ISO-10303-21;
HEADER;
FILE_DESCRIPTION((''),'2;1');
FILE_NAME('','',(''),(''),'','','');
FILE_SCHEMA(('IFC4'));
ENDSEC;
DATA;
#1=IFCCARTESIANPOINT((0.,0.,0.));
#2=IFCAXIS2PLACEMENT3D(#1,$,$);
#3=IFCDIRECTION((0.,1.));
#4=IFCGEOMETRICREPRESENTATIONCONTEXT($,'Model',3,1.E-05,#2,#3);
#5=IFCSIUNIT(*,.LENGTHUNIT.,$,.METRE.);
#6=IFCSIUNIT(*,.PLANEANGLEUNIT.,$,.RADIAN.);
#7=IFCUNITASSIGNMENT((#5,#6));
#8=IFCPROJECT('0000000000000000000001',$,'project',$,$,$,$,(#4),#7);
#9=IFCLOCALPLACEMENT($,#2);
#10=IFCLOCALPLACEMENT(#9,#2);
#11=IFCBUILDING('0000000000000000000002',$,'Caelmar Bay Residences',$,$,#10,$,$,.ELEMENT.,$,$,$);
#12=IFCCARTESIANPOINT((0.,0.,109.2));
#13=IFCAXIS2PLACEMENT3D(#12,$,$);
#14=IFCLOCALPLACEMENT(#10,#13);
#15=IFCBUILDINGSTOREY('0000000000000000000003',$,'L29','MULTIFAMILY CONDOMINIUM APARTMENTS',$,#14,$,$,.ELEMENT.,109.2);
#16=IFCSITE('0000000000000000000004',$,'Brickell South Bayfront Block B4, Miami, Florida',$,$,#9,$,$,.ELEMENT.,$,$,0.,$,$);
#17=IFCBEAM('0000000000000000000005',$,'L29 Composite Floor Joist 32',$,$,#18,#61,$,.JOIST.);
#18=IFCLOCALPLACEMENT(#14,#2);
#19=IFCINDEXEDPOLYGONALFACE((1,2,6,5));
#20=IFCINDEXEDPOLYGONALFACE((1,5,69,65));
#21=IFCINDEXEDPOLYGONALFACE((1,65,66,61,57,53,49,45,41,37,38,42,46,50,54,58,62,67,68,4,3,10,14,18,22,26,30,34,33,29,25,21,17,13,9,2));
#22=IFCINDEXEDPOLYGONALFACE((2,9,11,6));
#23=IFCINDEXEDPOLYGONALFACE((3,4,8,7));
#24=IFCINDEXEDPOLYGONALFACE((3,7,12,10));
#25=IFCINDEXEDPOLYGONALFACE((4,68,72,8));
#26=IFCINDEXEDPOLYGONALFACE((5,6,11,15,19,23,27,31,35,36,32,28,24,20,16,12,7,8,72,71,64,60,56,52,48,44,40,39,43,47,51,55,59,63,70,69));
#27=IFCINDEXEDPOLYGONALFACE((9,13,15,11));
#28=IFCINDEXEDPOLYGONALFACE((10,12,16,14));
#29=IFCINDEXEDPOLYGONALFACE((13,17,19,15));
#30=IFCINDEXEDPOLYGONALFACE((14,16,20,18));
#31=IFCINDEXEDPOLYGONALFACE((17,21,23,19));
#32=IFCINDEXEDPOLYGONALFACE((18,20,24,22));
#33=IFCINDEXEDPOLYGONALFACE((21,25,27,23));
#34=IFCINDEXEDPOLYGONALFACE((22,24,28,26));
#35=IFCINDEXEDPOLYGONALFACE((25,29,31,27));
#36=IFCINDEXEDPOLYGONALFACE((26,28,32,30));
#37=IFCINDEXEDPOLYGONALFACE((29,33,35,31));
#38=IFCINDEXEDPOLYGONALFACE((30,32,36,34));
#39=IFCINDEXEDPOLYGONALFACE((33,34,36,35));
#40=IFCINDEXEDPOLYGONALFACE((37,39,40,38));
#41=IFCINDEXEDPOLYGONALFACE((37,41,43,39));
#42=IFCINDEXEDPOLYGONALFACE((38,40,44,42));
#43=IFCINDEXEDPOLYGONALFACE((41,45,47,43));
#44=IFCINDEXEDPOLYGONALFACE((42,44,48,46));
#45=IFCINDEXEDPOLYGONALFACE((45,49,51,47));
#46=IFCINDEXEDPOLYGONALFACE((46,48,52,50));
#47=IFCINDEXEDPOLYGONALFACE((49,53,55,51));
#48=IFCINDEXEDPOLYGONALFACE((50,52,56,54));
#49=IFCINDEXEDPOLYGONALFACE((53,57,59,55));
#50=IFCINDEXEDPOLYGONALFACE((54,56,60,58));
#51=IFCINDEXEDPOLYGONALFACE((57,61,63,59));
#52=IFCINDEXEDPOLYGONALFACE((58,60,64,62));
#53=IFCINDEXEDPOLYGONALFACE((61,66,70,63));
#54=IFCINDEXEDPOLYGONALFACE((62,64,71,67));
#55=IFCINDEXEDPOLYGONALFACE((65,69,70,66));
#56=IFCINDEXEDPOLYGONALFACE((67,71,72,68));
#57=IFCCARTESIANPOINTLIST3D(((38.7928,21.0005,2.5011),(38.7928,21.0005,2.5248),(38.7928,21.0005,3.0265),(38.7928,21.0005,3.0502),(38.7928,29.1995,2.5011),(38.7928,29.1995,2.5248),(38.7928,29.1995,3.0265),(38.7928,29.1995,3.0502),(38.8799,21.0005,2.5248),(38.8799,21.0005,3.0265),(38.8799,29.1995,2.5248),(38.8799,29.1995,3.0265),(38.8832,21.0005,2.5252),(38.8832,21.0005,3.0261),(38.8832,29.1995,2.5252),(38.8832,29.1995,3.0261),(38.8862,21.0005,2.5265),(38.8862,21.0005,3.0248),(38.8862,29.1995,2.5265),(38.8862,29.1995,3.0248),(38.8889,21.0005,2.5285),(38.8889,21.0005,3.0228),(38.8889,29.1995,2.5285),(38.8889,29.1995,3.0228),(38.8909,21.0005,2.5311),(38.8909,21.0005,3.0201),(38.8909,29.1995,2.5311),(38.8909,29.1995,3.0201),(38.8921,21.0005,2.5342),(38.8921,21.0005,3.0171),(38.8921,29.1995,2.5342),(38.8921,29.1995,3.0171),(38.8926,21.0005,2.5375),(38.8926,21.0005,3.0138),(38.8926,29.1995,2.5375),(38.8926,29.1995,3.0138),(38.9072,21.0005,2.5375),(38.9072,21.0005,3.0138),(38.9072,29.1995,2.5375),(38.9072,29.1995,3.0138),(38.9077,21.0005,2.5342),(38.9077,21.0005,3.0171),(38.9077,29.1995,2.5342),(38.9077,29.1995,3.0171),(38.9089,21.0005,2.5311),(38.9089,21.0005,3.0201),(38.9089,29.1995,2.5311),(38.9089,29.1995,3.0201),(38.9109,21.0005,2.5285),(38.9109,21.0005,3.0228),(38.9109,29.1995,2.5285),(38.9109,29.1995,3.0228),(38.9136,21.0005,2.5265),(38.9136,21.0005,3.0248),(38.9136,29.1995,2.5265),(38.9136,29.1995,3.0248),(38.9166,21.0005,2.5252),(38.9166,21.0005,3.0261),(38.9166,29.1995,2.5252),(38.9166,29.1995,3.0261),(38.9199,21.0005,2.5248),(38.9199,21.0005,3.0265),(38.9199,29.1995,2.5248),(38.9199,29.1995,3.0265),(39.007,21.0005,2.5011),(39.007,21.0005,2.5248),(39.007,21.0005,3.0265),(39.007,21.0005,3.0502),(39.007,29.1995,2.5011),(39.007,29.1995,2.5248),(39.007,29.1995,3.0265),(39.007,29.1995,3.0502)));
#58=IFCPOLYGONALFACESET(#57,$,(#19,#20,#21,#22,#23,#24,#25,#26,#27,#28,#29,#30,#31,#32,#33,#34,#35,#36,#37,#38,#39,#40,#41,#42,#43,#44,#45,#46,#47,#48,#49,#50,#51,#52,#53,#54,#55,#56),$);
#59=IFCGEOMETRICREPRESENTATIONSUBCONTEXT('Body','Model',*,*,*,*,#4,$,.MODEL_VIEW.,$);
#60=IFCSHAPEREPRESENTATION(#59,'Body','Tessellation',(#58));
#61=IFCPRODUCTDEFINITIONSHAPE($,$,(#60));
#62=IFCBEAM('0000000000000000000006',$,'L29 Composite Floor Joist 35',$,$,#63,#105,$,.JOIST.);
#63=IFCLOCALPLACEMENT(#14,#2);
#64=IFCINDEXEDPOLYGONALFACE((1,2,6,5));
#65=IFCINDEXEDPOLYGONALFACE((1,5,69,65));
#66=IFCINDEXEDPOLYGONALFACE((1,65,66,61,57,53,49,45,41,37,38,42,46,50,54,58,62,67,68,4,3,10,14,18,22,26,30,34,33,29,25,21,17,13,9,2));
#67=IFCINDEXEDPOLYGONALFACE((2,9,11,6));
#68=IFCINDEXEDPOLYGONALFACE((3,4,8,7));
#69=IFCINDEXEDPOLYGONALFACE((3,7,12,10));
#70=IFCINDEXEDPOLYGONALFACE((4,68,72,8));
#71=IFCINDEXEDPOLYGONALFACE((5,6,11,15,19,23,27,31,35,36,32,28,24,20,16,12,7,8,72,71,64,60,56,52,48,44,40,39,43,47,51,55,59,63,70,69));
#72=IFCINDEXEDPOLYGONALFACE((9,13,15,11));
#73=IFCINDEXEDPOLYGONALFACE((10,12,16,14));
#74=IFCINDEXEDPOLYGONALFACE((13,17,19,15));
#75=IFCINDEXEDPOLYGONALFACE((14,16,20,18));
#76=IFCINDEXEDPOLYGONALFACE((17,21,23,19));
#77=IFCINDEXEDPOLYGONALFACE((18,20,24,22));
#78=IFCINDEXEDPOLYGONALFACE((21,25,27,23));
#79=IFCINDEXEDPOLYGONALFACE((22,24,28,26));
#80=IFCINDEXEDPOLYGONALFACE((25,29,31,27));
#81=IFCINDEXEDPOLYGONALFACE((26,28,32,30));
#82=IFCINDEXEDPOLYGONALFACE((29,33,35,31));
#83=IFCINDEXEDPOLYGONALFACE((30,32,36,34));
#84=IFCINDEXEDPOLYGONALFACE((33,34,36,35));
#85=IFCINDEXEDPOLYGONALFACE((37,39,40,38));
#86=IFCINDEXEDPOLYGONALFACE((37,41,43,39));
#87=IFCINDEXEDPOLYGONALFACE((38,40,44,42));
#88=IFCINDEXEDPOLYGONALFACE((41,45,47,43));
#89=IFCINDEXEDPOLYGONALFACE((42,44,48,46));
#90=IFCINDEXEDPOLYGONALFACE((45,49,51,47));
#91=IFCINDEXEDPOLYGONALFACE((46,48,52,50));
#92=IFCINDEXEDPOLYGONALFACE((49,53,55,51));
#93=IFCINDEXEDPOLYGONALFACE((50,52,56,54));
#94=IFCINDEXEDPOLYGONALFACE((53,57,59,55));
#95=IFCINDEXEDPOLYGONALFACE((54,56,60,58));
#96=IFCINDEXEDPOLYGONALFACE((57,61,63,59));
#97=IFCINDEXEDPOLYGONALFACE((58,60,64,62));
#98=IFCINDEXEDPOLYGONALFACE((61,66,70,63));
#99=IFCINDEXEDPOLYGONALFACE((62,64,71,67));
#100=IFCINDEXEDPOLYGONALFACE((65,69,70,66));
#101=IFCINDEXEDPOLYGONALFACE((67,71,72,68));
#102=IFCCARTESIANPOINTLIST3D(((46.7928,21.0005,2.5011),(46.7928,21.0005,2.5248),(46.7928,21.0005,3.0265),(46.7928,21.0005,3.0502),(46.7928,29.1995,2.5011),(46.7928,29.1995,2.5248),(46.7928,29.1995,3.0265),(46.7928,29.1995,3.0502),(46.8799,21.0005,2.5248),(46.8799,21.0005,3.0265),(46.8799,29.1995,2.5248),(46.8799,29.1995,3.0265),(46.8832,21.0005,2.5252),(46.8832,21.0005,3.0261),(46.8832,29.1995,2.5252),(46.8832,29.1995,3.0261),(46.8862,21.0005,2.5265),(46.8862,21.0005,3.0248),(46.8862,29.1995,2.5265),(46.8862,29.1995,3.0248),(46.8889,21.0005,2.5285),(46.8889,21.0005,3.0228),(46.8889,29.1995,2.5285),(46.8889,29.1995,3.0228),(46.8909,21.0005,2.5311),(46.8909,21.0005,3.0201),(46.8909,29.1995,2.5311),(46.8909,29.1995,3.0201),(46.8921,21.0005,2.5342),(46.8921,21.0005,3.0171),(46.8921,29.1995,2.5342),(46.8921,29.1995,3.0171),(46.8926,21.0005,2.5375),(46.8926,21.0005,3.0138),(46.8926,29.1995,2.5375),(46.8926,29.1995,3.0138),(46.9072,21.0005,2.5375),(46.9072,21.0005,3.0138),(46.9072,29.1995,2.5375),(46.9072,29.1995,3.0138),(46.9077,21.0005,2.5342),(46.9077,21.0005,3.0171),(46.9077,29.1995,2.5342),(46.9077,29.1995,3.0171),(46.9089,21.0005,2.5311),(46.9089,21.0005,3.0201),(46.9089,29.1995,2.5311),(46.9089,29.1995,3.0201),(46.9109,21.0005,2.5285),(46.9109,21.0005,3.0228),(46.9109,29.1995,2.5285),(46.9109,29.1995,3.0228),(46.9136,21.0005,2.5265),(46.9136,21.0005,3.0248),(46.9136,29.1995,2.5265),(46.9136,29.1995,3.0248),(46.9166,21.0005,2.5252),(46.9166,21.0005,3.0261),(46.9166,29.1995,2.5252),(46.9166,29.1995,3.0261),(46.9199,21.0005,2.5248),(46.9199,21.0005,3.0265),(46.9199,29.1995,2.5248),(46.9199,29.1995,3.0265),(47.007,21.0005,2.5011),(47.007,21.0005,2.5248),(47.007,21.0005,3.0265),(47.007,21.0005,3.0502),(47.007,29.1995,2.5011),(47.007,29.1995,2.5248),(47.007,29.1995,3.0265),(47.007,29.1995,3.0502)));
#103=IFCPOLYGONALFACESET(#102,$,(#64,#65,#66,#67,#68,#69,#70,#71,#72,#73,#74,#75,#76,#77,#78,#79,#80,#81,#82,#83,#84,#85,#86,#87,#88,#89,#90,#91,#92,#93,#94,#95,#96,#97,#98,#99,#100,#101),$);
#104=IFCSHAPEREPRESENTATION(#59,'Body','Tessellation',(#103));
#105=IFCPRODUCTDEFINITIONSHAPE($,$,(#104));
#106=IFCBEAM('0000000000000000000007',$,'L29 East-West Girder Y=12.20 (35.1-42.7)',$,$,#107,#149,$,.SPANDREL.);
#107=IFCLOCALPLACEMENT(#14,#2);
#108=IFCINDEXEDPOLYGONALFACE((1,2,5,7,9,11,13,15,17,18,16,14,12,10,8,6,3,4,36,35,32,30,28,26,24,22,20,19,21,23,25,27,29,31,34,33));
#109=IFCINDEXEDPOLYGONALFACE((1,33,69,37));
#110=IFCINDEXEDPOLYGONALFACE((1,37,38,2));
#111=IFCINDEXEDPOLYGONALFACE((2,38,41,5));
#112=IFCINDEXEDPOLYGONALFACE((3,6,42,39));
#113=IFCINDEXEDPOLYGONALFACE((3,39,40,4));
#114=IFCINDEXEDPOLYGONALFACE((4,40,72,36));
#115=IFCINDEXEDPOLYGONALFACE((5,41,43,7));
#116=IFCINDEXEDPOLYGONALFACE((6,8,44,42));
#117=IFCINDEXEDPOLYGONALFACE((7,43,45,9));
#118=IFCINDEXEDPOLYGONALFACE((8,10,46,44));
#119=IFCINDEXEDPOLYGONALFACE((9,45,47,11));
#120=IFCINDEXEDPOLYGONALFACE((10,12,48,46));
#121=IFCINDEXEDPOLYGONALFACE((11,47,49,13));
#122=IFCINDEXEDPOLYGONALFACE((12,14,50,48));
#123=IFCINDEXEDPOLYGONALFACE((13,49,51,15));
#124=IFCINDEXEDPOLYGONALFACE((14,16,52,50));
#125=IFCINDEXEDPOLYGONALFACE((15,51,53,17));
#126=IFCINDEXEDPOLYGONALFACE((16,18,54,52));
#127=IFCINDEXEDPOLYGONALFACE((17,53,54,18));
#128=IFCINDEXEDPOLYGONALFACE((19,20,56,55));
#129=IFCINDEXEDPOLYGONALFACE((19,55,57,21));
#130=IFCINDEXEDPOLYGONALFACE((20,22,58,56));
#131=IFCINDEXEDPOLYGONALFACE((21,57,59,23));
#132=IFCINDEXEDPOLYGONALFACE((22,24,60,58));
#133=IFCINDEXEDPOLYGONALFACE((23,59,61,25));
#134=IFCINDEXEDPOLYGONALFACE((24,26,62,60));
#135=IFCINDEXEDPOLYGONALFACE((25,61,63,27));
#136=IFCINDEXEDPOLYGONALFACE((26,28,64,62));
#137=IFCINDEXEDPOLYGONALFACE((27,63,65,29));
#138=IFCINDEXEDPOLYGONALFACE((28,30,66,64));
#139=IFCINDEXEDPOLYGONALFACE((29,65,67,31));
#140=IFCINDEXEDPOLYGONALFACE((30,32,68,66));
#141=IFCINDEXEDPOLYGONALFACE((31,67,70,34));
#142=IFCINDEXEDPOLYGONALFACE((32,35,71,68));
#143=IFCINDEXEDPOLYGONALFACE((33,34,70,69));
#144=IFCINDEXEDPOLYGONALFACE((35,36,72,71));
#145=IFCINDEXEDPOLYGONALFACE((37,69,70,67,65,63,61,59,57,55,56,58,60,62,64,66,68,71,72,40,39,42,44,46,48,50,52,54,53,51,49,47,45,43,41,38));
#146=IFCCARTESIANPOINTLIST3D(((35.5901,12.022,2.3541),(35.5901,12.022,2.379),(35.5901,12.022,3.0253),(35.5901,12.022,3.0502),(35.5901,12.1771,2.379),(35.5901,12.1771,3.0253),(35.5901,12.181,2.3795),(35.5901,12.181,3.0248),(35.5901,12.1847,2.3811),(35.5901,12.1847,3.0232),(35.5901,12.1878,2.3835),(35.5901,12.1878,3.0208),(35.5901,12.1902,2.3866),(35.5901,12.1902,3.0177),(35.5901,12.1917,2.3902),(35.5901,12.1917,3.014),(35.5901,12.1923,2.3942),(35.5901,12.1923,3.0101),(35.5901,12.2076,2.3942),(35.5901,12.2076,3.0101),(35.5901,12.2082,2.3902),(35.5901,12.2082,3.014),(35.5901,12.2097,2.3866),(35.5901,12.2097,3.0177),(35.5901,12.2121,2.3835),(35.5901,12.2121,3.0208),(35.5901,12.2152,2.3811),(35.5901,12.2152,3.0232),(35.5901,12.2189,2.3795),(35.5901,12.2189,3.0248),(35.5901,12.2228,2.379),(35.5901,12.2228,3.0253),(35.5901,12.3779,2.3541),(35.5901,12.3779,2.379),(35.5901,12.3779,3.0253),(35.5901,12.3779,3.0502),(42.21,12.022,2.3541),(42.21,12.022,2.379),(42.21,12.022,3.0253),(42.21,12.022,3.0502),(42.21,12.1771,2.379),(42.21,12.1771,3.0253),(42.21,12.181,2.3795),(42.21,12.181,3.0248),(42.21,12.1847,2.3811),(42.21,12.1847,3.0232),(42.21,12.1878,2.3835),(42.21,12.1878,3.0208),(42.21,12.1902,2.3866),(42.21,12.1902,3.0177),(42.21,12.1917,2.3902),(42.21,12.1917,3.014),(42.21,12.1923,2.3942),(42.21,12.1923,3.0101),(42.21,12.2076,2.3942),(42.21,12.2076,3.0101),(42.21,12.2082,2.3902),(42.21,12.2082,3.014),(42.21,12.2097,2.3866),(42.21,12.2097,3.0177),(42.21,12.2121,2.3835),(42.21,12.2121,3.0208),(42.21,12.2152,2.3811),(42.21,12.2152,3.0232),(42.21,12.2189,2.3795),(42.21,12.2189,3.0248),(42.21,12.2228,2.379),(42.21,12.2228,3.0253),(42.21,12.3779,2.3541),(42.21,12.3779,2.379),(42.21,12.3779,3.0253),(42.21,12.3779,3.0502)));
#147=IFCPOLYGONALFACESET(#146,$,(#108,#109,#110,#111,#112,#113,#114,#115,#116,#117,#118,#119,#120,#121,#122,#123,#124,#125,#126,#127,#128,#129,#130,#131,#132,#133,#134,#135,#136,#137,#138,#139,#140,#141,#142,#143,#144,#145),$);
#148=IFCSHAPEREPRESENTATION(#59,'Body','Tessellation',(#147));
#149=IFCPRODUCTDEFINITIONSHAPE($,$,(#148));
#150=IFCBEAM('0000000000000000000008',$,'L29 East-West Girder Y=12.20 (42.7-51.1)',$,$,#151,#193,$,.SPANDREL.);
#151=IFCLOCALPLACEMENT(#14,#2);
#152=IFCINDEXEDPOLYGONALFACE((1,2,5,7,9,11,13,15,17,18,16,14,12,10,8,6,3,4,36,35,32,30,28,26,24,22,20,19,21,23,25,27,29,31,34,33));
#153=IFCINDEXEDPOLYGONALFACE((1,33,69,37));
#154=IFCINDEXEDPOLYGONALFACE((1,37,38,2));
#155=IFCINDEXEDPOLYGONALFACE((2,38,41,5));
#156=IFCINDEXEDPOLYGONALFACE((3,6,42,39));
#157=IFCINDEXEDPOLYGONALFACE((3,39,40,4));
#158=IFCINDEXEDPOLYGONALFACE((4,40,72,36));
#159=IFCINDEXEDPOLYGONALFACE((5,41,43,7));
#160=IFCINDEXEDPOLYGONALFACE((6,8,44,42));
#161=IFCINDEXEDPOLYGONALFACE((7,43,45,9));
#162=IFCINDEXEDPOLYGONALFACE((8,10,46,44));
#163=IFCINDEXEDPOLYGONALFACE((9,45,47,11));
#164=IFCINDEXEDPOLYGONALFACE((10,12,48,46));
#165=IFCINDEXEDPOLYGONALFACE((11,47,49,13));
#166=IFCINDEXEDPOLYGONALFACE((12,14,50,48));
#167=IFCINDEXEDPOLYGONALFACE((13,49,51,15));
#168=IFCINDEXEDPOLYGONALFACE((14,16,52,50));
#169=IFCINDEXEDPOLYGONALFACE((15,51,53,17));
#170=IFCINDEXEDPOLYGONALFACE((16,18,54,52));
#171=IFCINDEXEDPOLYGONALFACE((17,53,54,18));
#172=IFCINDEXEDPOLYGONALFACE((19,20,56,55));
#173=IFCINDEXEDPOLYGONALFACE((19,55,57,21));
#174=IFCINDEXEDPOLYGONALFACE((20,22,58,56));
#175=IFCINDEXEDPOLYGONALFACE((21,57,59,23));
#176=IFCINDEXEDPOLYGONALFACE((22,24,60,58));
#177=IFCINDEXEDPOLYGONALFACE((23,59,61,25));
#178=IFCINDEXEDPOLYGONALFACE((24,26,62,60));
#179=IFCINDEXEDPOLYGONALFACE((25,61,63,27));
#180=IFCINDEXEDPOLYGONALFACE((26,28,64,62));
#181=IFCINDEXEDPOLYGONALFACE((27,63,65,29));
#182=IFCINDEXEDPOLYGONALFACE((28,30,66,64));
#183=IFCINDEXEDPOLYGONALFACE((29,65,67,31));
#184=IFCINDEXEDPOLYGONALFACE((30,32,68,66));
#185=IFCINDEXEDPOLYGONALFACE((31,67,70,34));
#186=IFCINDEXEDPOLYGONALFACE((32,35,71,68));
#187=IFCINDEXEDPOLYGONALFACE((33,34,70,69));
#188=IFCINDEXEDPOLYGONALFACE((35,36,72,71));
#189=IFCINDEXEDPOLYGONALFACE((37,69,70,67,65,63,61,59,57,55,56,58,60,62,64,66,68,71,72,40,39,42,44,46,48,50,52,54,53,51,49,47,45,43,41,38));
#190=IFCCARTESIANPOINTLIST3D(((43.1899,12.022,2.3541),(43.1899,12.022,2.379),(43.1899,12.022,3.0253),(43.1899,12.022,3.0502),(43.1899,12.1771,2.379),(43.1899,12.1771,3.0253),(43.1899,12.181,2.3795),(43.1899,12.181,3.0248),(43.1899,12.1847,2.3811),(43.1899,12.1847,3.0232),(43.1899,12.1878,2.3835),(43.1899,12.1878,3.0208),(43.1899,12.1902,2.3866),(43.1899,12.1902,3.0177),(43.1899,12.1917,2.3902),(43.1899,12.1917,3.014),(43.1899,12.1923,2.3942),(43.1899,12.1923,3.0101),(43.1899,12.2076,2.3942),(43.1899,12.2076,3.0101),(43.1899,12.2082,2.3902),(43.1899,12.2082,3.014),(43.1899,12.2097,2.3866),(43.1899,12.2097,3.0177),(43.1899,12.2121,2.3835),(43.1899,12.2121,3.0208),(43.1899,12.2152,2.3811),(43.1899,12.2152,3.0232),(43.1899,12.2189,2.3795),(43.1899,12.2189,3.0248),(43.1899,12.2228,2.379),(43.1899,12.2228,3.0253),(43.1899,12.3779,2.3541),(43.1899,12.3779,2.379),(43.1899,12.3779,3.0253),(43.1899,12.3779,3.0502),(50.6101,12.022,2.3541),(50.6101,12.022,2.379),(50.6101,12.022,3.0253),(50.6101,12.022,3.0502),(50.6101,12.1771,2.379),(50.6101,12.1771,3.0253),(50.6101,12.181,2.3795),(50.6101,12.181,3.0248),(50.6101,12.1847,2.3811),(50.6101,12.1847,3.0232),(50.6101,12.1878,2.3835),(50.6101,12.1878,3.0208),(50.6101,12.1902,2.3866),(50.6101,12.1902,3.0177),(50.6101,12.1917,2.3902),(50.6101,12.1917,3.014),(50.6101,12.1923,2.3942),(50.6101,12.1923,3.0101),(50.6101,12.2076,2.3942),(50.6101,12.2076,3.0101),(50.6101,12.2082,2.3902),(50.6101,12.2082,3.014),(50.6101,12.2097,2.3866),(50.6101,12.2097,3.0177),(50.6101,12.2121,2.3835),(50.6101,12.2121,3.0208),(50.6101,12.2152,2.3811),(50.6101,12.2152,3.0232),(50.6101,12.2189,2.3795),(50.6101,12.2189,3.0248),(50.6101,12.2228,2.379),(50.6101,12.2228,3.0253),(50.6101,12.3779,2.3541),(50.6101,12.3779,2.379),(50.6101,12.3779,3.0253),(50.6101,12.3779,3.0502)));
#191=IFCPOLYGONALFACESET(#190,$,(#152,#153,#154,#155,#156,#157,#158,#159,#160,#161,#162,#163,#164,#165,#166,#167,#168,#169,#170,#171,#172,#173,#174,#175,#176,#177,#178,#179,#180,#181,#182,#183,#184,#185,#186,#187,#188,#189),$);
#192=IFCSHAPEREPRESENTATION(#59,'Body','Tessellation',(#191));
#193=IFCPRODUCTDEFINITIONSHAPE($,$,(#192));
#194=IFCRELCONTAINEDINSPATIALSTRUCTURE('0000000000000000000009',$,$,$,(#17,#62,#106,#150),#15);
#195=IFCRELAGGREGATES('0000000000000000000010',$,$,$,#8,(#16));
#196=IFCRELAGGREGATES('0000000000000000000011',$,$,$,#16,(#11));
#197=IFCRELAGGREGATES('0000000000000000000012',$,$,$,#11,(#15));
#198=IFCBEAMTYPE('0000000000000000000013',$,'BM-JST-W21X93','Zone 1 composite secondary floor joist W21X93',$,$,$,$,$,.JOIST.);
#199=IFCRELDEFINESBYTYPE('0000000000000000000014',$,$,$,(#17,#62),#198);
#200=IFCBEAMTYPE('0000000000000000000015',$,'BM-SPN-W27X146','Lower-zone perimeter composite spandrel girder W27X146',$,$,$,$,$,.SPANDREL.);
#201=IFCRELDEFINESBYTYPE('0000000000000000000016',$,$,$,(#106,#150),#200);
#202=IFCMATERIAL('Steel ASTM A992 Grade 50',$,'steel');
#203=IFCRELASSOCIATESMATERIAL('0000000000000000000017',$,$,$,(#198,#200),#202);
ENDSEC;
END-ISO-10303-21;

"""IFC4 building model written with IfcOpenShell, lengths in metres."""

from ifc_helpers import new_model, si_unit, direction, frame, origin, origin_2d, place, context, subcontext, project, spatial, i_section, extrude, material, material_profile, profile_set, type_object, element, save


model = new_model("IFC4")

# Units and contexts
model_context = context("Model", 3, precision=1e-05, world=origin(), true_north=direction((0.0, 1.0)))
body_context = subcontext(model_context, "Body", "Model", "MODEL_VIEW")
ifc_project = project(units=[si_unit("LENGTHUNIT", "METRE"), si_unit("PLANEANGLEUNIT", "RADIAN")], contexts=[model_context])

# Site, building, storey
site_placement = place(None, origin())
site = spatial("IfcSite", under=ifc_project, at=site_placement, Name="Brickell South Bayfront Block B4, Miami, Florida", CompositionType="ELEMENT", RefElevation=0.0)
building_placement = place(site_placement, origin())
building = spatial("IfcBuilding", under=site, at=building_placement, Name="Caelmar Bay Residences", CompositionType="ELEMENT")
storey_placement = place(building_placement, frame((0.0, 0.0, 109.2)))
storey = spatial("IfcBuildingStorey", under=building, at=storey_placement, Name="L29", Description="MULTIFAMILY CONDOMINIUM APARTMENTS", CompositionType="ELEMENT", Elevation=109.2)

# Beams
ifc_material_1 = material(Name="Steel ASTM A992 Grade 50", Category="steel")
ifc_material_profile_1 = material_profile(ifc_material_1, i_section(OverallWidth=0.2141, OverallDepth=0.5491, WebThickness=0.0146, FlangeThickness=0.0237, FilletRadius=0.0127, at=origin_2d()), Name="W21X93")
ifc_profile_set_1 = profile_set([ifc_material_profile_1], Name="Steel ASTM A992 Grade 50")
beam_type_1 = type_object("IfcBeamType", Name="BM-JST-W21X93", Description="Zone 1 composite secondary floor joist W21X93", PredefinedType="JOIST", material=ifc_profile_set_1)
for number, where, z_axis, x_axis, name in (
    (1, (38.8999, 21.0005, 2.7756), (0.0, 1.0, 0.0), (-1.0, 0.0, 0.0), "L29 Composite Floor Joist 32"),
    (2, (46.8999, 21.0005, 2.7756), (0.0, 1.0, 0.0), (-1.0, 0.0, 0.0), "L29 Composite Floor Joist 35"),
):
    element("IfcBeam", number, at=place(storey_placement, frame(where, z_axis=z_axis, x_axis=x_axis)), inside=storey, type_object=beam_type_1, Name=name, PredefinedType="JOIST", context=body_context, shape_type="SweptSolid", body=[
        extrude(i_section(OverallWidth=0.2141, OverallDepth=0.5491, WebThickness=0.0146, FlangeThickness=0.0237, FilletRadius=0.0127, at=origin_2d()), origin(), (0.0, 0.0, 1.0), 8.199),
    ])
ifc_material_profile_2 = material_profile(ifc_material_1, i_section(OverallWidth=0.356, OverallDepth=0.696, WebThickness=0.0154, FlangeThickness=0.0249, FilletRadius=0.0151, at=origin_2d()), Name="W27X146")
ifc_profile_set_2 = profile_set([ifc_material_profile_2], Name="Steel ASTM A992 Grade 50")
beam_type_2 = type_object("IfcBeamType", Name="BM-SPN-W27X146", Description="Lower-zone perimeter composite spandrel girder W27X146", PredefinedType="SPANDREL", material=ifc_profile_set_2)
beam_1_placement = place(storey_placement, frame((35.5901, 12.2, 2.7021), z_axis=(1.0, 0.0, 0.0), x_axis=(0.0, 1.0, 0.0)))
element("IfcBeam", 3, at=beam_1_placement, inside=storey, type_object=beam_type_2, Name="L29 East-West Girder Y=12.20 (35.1-42.7)", PredefinedType="SPANDREL", context=body_context, shape_type="SweptSolid", body=[
    extrude(i_section(OverallWidth=0.356, OverallDepth=0.696, WebThickness=0.0154, FlangeThickness=0.0249, FilletRadius=0.0151, at=origin_2d()), origin(), (0.0, 0.0, 1.0), 6.6199),
])
beam_2_placement = place(storey_placement, frame((43.1899, 12.2, 2.7021), z_axis=(1.0, 0.0, 0.0), x_axis=(0.0, 1.0, 0.0)))
element("IfcBeam", 4, at=beam_2_placement, inside=storey, type_object=beam_type_2, Name="L29 East-West Girder Y=12.20 (42.7-51.1)", PredefinedType="SPANDREL", context=body_context, shape_type="SweptSolid", body=[
    extrude(i_section(OverallWidth=0.356, OverallDepth=0.696, WebThickness=0.0154, FlangeThickness=0.0249, FilletRadius=0.0151, at=origin_2d()), origin(), (0.0, 0.0, 1.0), 7.4202),
])

save(model, "model.ifc")
